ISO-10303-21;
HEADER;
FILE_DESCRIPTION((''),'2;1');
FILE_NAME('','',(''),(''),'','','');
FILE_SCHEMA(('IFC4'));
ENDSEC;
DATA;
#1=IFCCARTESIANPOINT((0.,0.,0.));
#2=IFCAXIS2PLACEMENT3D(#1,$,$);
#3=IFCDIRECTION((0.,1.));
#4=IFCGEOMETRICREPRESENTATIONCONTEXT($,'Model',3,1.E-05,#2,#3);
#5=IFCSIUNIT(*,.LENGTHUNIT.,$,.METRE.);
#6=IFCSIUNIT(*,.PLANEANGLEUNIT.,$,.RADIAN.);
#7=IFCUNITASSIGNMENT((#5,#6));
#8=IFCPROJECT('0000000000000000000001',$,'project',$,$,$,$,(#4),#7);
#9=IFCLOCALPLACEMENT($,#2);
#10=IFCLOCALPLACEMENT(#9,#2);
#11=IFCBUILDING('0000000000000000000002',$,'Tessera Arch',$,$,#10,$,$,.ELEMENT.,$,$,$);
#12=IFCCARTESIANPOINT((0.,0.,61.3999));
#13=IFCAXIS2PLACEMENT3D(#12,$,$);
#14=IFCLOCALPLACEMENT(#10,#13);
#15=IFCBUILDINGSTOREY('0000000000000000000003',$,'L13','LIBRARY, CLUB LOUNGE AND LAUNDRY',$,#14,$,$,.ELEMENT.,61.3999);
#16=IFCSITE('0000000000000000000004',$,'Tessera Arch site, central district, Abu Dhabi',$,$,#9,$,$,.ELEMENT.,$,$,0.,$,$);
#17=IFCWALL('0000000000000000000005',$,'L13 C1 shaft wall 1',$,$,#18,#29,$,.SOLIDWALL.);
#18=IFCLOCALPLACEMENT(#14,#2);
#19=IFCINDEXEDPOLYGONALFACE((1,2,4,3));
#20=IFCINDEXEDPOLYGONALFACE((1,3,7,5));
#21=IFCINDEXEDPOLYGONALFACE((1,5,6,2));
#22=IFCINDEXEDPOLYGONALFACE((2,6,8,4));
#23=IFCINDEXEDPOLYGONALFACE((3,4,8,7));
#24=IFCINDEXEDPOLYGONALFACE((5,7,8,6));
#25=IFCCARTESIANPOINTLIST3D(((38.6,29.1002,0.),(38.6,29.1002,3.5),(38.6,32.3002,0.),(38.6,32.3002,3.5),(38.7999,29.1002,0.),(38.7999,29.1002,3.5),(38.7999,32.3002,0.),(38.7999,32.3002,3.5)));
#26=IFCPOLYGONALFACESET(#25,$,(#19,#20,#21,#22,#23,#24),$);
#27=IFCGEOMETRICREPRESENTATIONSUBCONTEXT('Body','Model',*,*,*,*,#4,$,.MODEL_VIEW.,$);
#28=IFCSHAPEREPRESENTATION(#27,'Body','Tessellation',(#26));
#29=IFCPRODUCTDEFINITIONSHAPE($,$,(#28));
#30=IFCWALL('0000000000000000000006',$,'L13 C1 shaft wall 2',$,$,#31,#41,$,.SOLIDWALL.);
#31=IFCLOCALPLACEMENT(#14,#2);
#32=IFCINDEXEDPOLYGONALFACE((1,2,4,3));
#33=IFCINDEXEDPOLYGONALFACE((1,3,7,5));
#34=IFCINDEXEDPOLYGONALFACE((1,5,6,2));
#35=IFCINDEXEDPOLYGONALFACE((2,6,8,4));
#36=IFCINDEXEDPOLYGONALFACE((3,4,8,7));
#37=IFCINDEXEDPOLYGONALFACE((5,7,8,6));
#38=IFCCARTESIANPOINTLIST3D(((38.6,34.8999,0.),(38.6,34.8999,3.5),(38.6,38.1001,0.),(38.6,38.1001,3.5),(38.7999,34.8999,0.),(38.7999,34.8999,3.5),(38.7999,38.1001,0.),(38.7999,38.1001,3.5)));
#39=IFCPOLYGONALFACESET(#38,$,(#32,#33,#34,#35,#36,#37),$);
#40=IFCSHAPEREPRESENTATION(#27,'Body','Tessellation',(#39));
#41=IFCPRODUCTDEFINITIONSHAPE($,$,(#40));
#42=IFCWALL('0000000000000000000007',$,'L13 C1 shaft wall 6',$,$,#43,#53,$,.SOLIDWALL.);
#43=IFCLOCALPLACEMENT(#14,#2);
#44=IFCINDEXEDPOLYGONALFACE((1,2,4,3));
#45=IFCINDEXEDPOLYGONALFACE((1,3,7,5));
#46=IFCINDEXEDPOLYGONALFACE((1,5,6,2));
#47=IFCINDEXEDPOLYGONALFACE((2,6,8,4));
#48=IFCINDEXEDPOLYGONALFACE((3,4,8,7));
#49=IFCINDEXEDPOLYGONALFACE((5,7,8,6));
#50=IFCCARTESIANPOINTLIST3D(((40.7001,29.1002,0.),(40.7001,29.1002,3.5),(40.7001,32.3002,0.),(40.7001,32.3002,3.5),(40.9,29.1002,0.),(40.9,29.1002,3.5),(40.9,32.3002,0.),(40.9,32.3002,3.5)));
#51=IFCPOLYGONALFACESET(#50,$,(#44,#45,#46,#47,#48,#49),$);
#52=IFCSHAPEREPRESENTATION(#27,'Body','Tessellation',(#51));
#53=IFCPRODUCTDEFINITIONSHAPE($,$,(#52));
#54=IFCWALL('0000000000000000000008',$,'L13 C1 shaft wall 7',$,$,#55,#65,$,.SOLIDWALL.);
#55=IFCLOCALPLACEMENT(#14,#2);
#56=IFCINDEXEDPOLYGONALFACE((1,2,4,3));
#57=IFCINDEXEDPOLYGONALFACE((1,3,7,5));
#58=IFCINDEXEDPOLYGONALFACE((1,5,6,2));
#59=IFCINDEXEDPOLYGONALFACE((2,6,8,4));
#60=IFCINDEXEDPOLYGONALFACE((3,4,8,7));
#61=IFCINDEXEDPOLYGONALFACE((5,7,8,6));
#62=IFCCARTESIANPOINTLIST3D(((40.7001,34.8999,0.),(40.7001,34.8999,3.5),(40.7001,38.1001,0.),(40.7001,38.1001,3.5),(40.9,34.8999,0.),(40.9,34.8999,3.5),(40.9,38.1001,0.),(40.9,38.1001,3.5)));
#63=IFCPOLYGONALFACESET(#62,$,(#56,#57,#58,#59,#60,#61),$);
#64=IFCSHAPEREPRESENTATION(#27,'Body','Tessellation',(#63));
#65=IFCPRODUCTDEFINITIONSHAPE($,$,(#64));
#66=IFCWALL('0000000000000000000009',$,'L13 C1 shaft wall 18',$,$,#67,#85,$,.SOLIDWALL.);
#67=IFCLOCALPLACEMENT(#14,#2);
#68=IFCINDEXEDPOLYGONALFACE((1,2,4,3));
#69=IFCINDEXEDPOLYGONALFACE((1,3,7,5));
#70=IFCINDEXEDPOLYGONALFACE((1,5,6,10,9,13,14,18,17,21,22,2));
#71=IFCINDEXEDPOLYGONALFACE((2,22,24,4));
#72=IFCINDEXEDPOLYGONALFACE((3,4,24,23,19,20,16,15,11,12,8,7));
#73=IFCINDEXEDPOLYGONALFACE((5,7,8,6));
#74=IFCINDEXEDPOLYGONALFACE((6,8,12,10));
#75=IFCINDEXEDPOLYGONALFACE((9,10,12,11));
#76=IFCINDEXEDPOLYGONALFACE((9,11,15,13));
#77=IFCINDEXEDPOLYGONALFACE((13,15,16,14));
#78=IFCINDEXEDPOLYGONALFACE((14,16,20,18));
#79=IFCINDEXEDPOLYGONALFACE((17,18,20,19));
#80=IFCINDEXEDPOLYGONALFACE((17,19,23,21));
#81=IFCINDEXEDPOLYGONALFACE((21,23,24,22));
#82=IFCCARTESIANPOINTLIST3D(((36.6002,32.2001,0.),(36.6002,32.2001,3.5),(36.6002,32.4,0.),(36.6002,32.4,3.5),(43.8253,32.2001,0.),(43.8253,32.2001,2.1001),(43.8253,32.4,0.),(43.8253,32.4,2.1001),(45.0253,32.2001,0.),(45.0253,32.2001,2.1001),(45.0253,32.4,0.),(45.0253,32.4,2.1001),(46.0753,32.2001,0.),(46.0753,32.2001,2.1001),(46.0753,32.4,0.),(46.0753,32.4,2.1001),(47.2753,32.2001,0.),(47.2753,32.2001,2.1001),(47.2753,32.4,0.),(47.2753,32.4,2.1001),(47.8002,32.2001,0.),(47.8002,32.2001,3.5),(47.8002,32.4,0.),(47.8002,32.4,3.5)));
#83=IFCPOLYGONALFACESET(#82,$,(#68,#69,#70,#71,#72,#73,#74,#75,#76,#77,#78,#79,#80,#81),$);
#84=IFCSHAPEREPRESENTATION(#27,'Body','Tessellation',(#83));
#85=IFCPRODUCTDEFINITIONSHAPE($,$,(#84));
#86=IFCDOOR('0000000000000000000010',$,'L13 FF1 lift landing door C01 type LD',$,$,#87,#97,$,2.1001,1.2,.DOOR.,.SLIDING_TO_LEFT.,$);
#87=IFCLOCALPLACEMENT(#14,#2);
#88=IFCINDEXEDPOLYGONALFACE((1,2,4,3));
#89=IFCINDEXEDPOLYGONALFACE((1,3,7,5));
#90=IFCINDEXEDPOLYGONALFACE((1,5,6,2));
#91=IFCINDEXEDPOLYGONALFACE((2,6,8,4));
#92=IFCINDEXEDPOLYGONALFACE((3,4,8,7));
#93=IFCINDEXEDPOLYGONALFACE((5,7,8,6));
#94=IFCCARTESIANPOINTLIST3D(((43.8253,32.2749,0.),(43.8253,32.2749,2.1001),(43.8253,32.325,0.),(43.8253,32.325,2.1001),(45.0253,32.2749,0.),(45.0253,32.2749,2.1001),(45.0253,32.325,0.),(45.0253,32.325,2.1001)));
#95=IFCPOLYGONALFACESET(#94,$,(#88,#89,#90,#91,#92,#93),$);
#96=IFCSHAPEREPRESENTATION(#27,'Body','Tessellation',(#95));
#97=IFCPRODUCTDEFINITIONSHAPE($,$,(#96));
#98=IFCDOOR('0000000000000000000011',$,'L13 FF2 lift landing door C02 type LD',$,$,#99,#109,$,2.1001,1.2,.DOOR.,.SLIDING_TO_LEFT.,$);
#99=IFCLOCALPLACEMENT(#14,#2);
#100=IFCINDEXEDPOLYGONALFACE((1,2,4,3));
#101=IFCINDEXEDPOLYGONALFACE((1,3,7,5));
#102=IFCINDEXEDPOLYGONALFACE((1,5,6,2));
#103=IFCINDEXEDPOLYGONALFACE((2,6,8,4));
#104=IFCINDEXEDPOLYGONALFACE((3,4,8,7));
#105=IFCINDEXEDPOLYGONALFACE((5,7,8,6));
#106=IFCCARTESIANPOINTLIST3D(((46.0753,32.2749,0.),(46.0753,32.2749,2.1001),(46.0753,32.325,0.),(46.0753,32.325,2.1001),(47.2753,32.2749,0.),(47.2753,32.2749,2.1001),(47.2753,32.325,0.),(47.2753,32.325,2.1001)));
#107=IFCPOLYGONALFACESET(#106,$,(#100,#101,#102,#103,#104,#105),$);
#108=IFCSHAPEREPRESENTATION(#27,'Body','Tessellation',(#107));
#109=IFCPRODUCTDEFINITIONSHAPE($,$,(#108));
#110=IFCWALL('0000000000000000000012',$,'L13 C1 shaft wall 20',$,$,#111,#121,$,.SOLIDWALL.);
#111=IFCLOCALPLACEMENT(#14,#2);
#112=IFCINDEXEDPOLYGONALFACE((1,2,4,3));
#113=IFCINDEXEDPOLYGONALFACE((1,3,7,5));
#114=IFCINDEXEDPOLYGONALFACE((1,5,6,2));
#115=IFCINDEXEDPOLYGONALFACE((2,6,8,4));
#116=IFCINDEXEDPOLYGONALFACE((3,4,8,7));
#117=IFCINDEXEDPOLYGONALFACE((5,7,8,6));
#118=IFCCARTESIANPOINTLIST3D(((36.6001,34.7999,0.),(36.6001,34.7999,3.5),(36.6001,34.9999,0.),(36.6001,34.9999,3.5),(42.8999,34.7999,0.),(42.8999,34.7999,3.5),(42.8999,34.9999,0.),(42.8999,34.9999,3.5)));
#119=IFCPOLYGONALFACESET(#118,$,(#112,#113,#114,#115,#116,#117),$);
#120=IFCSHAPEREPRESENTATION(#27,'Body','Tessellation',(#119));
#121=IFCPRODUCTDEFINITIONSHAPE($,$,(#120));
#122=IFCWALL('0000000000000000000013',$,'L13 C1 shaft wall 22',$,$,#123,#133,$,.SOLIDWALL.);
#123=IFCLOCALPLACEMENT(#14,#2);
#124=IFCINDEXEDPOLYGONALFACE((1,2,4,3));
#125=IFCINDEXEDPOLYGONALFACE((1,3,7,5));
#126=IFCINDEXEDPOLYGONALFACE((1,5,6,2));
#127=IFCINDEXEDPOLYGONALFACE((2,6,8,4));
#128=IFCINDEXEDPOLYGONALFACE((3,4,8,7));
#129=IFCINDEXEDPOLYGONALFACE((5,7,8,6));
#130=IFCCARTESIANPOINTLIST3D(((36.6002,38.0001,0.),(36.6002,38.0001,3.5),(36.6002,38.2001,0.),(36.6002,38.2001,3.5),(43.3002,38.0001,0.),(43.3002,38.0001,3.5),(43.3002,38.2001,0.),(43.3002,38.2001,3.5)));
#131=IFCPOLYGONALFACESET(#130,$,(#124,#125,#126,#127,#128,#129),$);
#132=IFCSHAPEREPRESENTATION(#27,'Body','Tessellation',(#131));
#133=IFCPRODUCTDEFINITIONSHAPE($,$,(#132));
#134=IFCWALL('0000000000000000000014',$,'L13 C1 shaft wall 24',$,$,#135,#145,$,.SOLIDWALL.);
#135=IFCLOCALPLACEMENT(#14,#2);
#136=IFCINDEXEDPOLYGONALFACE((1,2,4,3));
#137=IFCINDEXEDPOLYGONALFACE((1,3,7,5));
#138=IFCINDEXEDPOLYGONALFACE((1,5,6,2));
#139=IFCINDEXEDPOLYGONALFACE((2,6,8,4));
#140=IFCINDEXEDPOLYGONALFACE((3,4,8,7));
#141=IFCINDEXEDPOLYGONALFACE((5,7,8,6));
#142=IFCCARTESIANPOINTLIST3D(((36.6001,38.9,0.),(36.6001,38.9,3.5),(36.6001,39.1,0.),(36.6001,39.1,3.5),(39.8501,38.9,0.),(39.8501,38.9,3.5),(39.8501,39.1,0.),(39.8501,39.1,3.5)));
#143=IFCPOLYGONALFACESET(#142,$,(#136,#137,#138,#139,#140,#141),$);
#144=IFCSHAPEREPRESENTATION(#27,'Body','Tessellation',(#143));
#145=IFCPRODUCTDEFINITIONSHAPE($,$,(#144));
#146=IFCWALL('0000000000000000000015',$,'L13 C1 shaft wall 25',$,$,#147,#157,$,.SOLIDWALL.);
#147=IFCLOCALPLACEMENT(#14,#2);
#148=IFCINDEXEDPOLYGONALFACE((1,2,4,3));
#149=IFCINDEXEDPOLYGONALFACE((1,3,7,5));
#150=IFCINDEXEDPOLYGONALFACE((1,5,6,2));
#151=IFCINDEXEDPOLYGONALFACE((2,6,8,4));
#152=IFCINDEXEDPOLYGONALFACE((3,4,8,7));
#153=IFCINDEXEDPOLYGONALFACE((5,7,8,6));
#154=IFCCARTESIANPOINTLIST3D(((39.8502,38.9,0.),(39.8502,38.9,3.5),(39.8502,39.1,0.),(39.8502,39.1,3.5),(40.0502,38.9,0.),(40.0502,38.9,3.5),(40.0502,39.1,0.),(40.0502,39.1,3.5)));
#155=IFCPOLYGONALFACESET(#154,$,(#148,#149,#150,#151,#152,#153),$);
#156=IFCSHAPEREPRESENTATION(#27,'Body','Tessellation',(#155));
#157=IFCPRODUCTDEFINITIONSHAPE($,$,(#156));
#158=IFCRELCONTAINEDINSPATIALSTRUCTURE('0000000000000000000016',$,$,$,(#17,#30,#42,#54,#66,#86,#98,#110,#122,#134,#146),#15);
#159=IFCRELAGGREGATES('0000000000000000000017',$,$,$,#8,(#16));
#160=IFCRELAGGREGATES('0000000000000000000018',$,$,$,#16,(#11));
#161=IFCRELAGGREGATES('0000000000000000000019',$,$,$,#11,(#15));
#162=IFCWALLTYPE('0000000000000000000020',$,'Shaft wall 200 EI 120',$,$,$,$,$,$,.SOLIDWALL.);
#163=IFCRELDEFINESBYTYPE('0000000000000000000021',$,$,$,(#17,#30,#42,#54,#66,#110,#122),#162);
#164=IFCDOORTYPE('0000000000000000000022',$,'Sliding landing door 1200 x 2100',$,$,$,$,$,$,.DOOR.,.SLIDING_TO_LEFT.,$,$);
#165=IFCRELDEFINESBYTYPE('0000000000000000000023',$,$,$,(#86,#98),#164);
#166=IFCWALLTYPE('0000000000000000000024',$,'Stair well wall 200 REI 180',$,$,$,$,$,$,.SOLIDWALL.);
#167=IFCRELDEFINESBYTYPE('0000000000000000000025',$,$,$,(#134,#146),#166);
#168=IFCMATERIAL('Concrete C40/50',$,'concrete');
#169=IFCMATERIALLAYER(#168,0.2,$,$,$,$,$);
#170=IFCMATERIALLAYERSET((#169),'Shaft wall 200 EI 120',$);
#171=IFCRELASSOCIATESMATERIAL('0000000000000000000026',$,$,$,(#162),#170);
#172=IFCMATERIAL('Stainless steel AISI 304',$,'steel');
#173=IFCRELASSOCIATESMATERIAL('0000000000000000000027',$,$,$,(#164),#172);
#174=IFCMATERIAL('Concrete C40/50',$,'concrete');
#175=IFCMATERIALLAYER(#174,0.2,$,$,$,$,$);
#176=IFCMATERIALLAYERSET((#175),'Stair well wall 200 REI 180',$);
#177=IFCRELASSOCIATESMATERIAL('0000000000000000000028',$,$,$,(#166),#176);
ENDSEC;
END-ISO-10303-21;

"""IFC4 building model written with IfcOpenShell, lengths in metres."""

from ifc_helpers import new_model, si_unit, direction, frame, frame_2d, origin, place, context, subcontext, project, spatial, rectangle, extrude, material, layer, layer_set, type_object, element, fill, save


model = new_model("IFC4")

# Units and contexts
model_context = context("Model", 3, precision=1e-05, world=origin(), true_north=direction((0.0, 1.0)))
body_context = subcontext(model_context, "Body", "Model", "MODEL_VIEW")
ifc_project = project(units=[si_unit("LENGTHUNIT", "METRE"), si_unit("PLANEANGLEUNIT", "RADIAN")], contexts=[model_context])

# Site, building, storey
site_placement = place(None, origin())
site = spatial("IfcSite", under=ifc_project, at=site_placement, Name="Tessera Arch site, central district, Abu Dhabi", CompositionType="ELEMENT", RefElevation=0.0)
building_placement = place(site_placement, origin())
building = spatial("IfcBuilding", under=site, at=building_placement, Name="Tessera Arch", CompositionType="ELEMENT")
storey_placement = place(building_placement, frame((0.0, 0.0, 61.3999)))
storey = spatial("IfcBuildingStorey", under=building, at=storey_placement, Name="L13", Description="LIBRARY, CLUB LOUNGE AND LAUNDRY", CompositionType="ELEMENT", Elevation=61.3999)

# Walls
ifc_material_1 = material(Name="Concrete C40/50", Category="concrete")
ifc_layer_1 = layer(ifc_material_1, 0.2)
ifc_layer_set_1 = layer_set([ifc_layer_1], Name="Shaft wall 200 EI 120")
wall_type_1 = type_object("IfcWallType", Name="Shaft wall 200 EI 120", PredefinedType="SOLIDWALL", material=ifc_layer_set_1)
wall_1_placement = place(storey_placement, frame((38.7, 29.1001, 0.0), z_axis=(0.0, 0.0, 1.0), x_axis=(0.0, 1.0, 0.0)))
element("IfcWall", 1, at=wall_1_placement, inside=storey, type_object=wall_type_1, Name="L13 C1 shaft wall 1", PredefinedType="SOLIDWALL", context=body_context, shape_type="SweptSolid", body=[
    extrude(rectangle(XDim=3.2, YDim=0.2, at=frame_2d((1.6001, 0.0))), origin(), (0.0, 0.0, 1.0), 3.5),
])
wall_2_placement = place(storey_placement, frame((38.7, 34.8999, 0.0), z_axis=(0.0, 0.0, 1.0), x_axis=(0.0, 1.0, 0.0)))
element("IfcWall", 2, at=wall_2_placement, inside=storey, type_object=wall_type_1, Name="L13 C1 shaft wall 2", PredefinedType="SOLIDWALL", context=body_context, shape_type="SweptSolid", body=[
    extrude(rectangle(XDim=3.2002, YDim=0.2, at=frame_2d((1.6001, 0.0))), origin(), (0.0, 0.0, 1.0), 3.5),
])
wall_3_placement = place(storey_placement, frame((40.8, 29.1001, 0.0), z_axis=(0.0, 0.0, 1.0), x_axis=(0.0, 1.0, 0.0)))
element("IfcWall", 3, at=wall_3_placement, inside=storey, type_object=wall_type_1, Name="L13 C1 shaft wall 6", PredefinedType="SOLIDWALL", context=body_context, shape_type="SweptSolid", body=[
    extrude(rectangle(XDim=3.2, YDim=0.2, at=frame_2d((1.6001, 0.0))), origin(), (0.0, 0.0, 1.0), 3.5),
])
wall_4_placement = place(storey_placement, frame((40.8, 34.8999, 0.0), z_axis=(0.0, 0.0, 1.0), x_axis=(0.0, 1.0, 0.0)))
element("IfcWall", 4, at=wall_4_placement, inside=storey, type_object=wall_type_1, Name="L13 C1 shaft wall 7", PredefinedType="SOLIDWALL", context=body_context, shape_type="SweptSolid", body=[
    extrude(rectangle(XDim=3.2002, YDim=0.2, at=frame_2d((1.6001, 0.0))), origin(), (0.0, 0.0, 1.0), 3.5),
])

# Wall, openings, doors
wall_5_placement = place(storey_placement, frame((36.6001, 32.3, 0.0), z_axis=(0.0, 0.0, 1.0), x_axis=(1.0, 0.0, 0.0)))
wall_5 = element("IfcWall", 5, at=wall_5_placement, inside=storey, type_object=wall_type_1, Name="L13 C1 shaft wall 18", PredefinedType="SOLIDWALL", context=body_context, shape_type="SweptSolid", body=[
    extrude(rectangle(XDim=11.2, YDim=0.2, at=frame_2d((5.6001, 0.0))), origin(), (0.0, 0.0, 1.0), 3.5),
])
opening_1_placement = place(wall_5_placement, frame((7.2251, 0.0, 0.0)))
opening_1 = element("IfcOpeningElement", 6, at=opening_1_placement, cuts=wall_5, PredefinedType="OPENING", context=body_context, shape_type="SweptSolid", body=[
    extrude(rectangle(XDim=1.2, YDim=2.1001, at=frame_2d((0.6001, 1.05))), frame((0.0, 0.1099, 0.0), z_axis=(0.0, -1.0, 0.0), x_axis=(1.0, 0.0, 0.0)), (0.0, 0.0, 1.0), 0.22),
])
opening_2_placement = place(wall_5_placement, frame((9.4751, 0.0, 0.0)))
opening_2 = element("IfcOpeningElement", 7, at=opening_2_placement, cuts=wall_5, PredefinedType="OPENING", context=body_context, shape_type="SweptSolid", body=[
    extrude(rectangle(XDim=1.2, YDim=2.1001, at=frame_2d((0.6001, 1.05))), frame((0.0, 0.1099, 0.0), z_axis=(0.0, -1.0, 0.0), x_axis=(1.0, 0.0, 0.0)), (0.0, 0.0, 1.0), 0.22),
])
ifc_material_2 = material(Name="Stainless steel AISI 304", Category="steel")
door_type_1 = type_object("IfcDoorType", Name="Sliding landing door 1200 x 2100", OperationType="SLIDING_TO_LEFT", PredefinedType="DOOR", material=ifc_material_2)
door_1_placement = place(opening_1_placement, origin())
door_1 = element("IfcDoor", 8, at=door_1_placement, inside=storey, type_object=door_type_1, Name="L13 FF1 lift landing door C01 type LD", OperationType="SLIDING_TO_LEFT", OverallHeight=2.1001, OverallWidth=1.2, PredefinedType="DOOR", context=body_context, shape_type="SweptSolid", body=[
    extrude(rectangle(XDim=1.2, YDim=2.1001, at=frame_2d((0.6001, 1.05))), frame((0.0, 0.0249, 0.0), z_axis=(0.0, -1.0, 0.0), x_axis=(1.0, 0.0, 0.0)), (0.0, 0.0, 1.0), 0.05),
])
fill(opening_1, door_1)
door_2_placement = place(opening_2_placement, origin())
door_2 = element("IfcDoor", 9, at=door_2_placement, inside=storey, type_object=door_type_1, Name="L13 FF2 lift landing door C02 type LD", OperationType="SLIDING_TO_LEFT", OverallHeight=2.1001, OverallWidth=1.2, PredefinedType="DOOR", context=body_context, shape_type="SweptSolid", body=[
    extrude(rectangle(XDim=1.2, YDim=2.1001, at=frame_2d((0.6001, 1.05))), frame((0.0, 0.0249, 0.0), z_axis=(0.0, -1.0, 0.0), x_axis=(1.0, 0.0, 0.0)), (0.0, 0.0, 1.0), 0.05),
])
fill(opening_2, door_2)

# Walls
wall_6_placement = place(storey_placement, frame((36.6001, 34.8999, 0.0), z_axis=(0.0, 0.0, 1.0), x_axis=(1.0, 0.0, 0.0)))
element("IfcWall", 10, at=wall_6_placement, inside=storey, type_object=wall_type_1, Name="L13 C1 shaft wall 20", PredefinedType="SOLIDWALL", context=body_context, shape_type="SweptSolid", body=[
    extrude(rectangle(XDim=6.2998, YDim=0.2, at=frame_2d((3.1499, 0.0))), origin(), (0.0, 0.0, 1.0), 3.5),
])
wall_7_placement = place(storey_placement, frame((36.6001, 38.1001, 0.0), z_axis=(0.0, 0.0, 1.0), x_axis=(1.0, 0.0, 0.0)))
element("IfcWall", 11, at=wall_7_placement, inside=storey, type_object=wall_type_1, Name="L13 C1 shaft wall 22", PredefinedType="SOLIDWALL", context=body_context, shape_type="SweptSolid", body=[
    extrude(rectangle(XDim=6.7, YDim=0.2, at=frame_2d((3.3501, 0.0))), origin(), (0.0, 0.0, 1.0), 3.5),
])
ifc_material_3 = material(Name="Concrete C40/50", Category="concrete")
ifc_layer_2 = layer(ifc_material_3, 0.2)
ifc_layer_set_2 = layer_set([ifc_layer_2], Name="Stair well wall 200 REI 180")
wall_type_2 = type_object("IfcWallType", Name="Stair well wall 200 REI 180", PredefinedType="SOLIDWALL", material=ifc_layer_set_2)
wall_8_placement = place(storey_placement, frame((36.6001, 39.0, 0.0), z_axis=(0.0, 0.0, 1.0), x_axis=(1.0, 0.0, 0.0)))
element("IfcWall", 12, at=wall_8_placement, inside=storey, type_object=wall_type_2, Name="L13 C1 shaft wall 24", PredefinedType="SOLIDWALL", context=body_context, shape_type="SweptSolid", body=[
    extrude(rectangle(XDim=3.25, YDim=0.2, at=frame_2d((1.625, 0.0))), origin(), (0.0, 0.0, 1.0), 3.5),
])
wall_9_placement = place(storey_placement, frame((39.8501, 39.0, 0.0), z_axis=(0.0, 0.0, 1.0), x_axis=(1.0, 0.0, 0.0)))
element("IfcWall", 13, at=wall_9_placement, inside=storey, type_object=wall_type_2, Name="L13 C1 shaft wall 25", PredefinedType="SOLIDWALL", context=body_context, shape_type="SweptSolid", body=[
    extrude(rectangle(XDim=0.2, YDim=0.2, at=frame_2d((0.1001, 0.0))), origin(), (0.0, 0.0, 1.0), 3.5),
])

save(model, "model.ifc")
